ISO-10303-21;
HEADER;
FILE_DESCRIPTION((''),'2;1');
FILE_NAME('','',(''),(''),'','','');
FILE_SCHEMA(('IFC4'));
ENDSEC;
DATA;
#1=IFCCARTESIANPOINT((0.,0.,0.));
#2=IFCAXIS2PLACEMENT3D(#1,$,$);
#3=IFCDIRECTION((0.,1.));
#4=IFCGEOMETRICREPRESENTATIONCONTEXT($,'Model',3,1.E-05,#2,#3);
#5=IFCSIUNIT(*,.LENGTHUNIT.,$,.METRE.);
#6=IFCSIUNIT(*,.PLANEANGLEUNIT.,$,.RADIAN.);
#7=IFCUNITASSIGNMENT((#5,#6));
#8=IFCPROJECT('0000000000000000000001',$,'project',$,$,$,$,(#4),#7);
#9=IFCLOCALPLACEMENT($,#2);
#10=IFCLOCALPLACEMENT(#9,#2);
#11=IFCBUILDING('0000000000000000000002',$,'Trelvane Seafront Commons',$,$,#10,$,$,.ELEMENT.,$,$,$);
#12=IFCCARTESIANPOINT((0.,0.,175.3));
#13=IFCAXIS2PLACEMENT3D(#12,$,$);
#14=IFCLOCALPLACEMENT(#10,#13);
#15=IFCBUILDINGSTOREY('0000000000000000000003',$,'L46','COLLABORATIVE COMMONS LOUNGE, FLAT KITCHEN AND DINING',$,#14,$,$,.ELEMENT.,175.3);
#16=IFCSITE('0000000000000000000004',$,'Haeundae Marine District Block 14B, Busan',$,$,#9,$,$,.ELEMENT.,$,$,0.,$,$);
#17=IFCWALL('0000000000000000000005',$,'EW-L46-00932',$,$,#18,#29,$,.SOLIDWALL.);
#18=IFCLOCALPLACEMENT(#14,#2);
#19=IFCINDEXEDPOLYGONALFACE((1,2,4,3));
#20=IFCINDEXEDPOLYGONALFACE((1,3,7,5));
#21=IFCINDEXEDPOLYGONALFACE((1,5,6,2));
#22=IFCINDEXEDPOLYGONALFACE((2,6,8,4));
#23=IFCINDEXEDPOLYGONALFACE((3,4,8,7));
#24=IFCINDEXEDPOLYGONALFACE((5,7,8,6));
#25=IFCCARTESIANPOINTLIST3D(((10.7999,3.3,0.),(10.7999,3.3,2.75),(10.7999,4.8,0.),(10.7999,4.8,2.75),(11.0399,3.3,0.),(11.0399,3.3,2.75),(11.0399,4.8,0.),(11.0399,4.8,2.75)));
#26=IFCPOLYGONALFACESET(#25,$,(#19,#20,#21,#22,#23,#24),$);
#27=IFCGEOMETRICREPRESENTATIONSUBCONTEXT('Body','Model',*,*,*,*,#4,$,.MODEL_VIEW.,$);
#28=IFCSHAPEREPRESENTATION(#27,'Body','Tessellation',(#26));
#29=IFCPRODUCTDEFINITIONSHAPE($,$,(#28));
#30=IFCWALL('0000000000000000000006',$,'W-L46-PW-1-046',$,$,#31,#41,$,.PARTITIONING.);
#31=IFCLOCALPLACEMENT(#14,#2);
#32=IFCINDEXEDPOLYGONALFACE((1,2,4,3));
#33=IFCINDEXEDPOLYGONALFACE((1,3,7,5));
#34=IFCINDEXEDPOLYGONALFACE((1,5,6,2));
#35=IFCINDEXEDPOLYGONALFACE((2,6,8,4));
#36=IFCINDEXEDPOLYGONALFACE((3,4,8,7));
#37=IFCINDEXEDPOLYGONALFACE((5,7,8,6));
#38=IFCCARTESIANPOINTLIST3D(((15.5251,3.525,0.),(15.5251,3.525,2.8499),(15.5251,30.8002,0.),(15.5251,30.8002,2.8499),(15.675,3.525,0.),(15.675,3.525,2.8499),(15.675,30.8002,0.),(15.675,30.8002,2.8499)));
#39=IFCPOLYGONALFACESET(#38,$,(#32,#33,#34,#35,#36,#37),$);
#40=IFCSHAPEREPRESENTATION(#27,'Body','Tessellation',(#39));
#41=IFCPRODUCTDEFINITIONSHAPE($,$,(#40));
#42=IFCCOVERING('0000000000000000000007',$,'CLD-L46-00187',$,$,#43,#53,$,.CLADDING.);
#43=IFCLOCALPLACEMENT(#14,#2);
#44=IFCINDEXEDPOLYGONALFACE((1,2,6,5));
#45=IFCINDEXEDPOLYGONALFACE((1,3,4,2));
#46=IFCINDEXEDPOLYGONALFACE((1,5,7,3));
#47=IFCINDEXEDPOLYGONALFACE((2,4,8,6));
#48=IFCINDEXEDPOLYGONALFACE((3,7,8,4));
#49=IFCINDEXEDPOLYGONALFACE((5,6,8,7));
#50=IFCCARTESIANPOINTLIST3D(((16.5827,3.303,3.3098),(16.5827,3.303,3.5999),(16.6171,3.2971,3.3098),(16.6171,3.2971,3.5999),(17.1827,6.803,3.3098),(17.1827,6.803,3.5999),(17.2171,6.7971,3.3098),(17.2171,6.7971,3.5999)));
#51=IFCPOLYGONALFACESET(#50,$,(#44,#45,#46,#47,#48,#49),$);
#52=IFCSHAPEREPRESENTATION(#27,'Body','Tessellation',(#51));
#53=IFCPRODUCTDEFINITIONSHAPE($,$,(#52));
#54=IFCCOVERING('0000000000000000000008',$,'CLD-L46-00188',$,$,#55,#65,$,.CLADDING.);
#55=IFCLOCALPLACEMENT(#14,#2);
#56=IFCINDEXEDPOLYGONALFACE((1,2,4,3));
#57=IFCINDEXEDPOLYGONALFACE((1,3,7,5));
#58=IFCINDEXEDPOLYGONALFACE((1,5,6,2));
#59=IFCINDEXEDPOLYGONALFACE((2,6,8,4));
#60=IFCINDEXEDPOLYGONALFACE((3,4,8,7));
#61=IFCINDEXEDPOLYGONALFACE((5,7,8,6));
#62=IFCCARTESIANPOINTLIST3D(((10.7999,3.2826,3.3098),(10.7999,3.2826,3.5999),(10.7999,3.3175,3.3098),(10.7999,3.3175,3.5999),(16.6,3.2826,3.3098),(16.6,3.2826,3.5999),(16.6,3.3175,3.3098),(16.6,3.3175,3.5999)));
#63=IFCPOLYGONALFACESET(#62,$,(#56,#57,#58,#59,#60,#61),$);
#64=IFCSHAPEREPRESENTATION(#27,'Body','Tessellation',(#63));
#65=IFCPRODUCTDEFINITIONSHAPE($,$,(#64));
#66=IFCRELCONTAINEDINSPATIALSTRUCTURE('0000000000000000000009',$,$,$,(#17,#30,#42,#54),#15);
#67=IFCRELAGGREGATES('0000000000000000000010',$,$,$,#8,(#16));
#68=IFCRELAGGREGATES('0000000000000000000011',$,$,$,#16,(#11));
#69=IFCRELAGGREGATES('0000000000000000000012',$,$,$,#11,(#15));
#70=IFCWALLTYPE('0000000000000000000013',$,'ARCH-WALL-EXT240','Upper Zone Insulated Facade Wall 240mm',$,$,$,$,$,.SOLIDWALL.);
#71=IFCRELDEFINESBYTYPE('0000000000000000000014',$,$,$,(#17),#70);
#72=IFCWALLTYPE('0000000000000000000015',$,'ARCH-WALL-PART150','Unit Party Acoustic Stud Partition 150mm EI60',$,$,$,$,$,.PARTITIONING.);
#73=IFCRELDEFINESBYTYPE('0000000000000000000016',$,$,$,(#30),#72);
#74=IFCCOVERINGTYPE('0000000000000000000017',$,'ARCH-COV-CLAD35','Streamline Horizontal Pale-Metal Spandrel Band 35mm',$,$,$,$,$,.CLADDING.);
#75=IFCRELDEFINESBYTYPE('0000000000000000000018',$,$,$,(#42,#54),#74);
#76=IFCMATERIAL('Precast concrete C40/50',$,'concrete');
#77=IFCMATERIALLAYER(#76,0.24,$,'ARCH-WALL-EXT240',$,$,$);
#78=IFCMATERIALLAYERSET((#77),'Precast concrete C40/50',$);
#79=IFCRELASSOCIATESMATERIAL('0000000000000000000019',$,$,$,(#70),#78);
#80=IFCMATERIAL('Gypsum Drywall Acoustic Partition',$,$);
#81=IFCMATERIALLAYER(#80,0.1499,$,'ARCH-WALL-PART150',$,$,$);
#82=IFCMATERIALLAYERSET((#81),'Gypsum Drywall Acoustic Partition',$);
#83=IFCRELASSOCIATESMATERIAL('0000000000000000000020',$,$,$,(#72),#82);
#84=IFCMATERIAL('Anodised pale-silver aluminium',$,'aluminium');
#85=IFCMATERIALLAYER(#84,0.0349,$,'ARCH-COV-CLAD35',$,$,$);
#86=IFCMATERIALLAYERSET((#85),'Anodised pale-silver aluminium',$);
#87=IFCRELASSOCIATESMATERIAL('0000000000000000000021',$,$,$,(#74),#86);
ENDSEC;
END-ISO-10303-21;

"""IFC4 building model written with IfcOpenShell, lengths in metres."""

from ifc_helpers import new_model, si_unit, direction, frame, frame_2d, origin, origin_2d, place, context, subcontext, project, spatial, rectangle, extrude, source, transform, mapped, material, layer, layer_set, type_object, element, save


model = new_model("IFC4")

# Units and contexts
model_context = context("Model", 3, precision=1e-05, world=origin(), true_north=direction((0.0, 1.0)))
body_context = subcontext(model_context, "Body", "Model", "MODEL_VIEW")
ifc_project = project(units=[si_unit("LENGTHUNIT", "METRE"), si_unit("PLANEANGLEUNIT", "RADIAN")], contexts=[model_context])

# Site, building, storey
site_placement = place(None, origin())
site = spatial("IfcSite", under=ifc_project, at=site_placement, Name="Haeundae Marine District Block 14B, Busan", CompositionType="ELEMENT", RefElevation=0.0)
building_placement = place(site_placement, origin())
building = spatial("IfcBuilding", under=site, at=building_placement, Name="Trelvane Seafront Commons", CompositionType="ELEMENT")
storey_placement = place(building_placement, frame((0.0, 0.0, 175.3)))
storey = spatial("IfcBuildingStorey", under=building, at=storey_placement, Name="L46", Description="COLLABORATIVE COMMONS LOUNGE, FLAT KITCHEN AND DINING", CompositionType="ELEMENT", Elevation=175.3)

# Shared definitions
ifc_material_1 = material(Name="Anodised pale-silver aluminium", Category="aluminium")

# Shared definitions
ifc_material_2 = material(Name="Precast concrete C40/50", Category="concrete")
ifc_layer_1 = layer(ifc_material_2, 0.24, Name="ARCH-WALL-EXT240")
ifc_layer_set_1 = layer_set([ifc_layer_1], Name="Precast concrete C40/50")
wall_type_1 = type_object("IfcWallType", Name="ARCH-WALL-EXT240", Description="Upper Zone Insulated Facade Wall 240mm", PredefinedType="SOLIDWALL", material=ifc_layer_set_1)

# Walls
wall_1_placement = place(storey_placement, frame((10.9199, 3.3, 0.0), z_axis=(0.0, 0.0, 1.0), x_axis=(0.0, 1.0, 0.0)))
element("IfcWall", 1, at=wall_1_placement, inside=storey, type_object=wall_type_1, Name="EW-L46-00932", PredefinedType="SOLIDWALL", context=body_context, shape_type="SweptSolid", body=[
    extrude(rectangle(XDim=1.5, YDim=0.24, at=frame_2d((0.75, 0.0))), origin(), (0.0, 0.0, 1.0), 2.75),
])
ifc_material_3 = material(Name="Gypsum Drywall Acoustic Partition")
ifc_layer_2 = layer(ifc_material_3, 0.1499, Name="ARCH-WALL-PART150")
ifc_layer_set_2 = layer_set([ifc_layer_2], Name="Gypsum Drywall Acoustic Partition")
wall_type_2 = type_object("IfcWallType", Name="ARCH-WALL-PART150", Description="Unit Party Acoustic Stud Partition 150mm EI60", PredefinedType="PARTITIONING", material=ifc_layer_set_2)
wall_2_placement = place(storey_placement, frame((15.6001, 3.5249, 0.0), z_axis=(0.0, 0.0, 1.0), x_axis=(0.0, 1.0, 0.0)))
element("IfcWall", 2, at=wall_2_placement, inside=storey, type_object=wall_type_2, Name="W-L46-PW-1-046", PredefinedType="PARTITIONING", context=body_context, shape_type="SweptSolid", body=[
    extrude(rectangle(XDim=27.2751, YDim=0.1499, at=frame_2d((13.6377, 0.0))), origin(), (0.0, 0.0, 1.0), 2.8499),
])

# Coverings
ifc_layer_3 = layer(ifc_material_1, 0.0349, Name="ARCH-COV-CLAD35")
ifc_layer_set_3 = layer_set([ifc_layer_3], Name="Anodised pale-silver aluminium")
covering_type = type_object("IfcCoveringType", Name="ARCH-COV-CLAD35", Description="Streamline Horizontal Pale-Metal Spandrel Band 35mm", PredefinedType="CLADDING", material=ifc_layer_set_3)
shared_shape_1 = source(origin(), body_context, "Body", "SweptSolid", [
    extrude(rectangle(XDim=3.551, YDim=0.0349, at=origin_2d()), origin(), (0.0, 0.0, 1.0), 0.29),
])
covering_1_placement = place(storey_placement, frame((16.8999, 5.05, 3.3098), z_axis=(0.0, 0.0, 1.0), x_axis=(-0.168964, -0.985622, 0.0)))
element("IfcCovering", 3, at=covering_1_placement, inside=storey, type_object=covering_type, Name="CLD-L46-00187", PredefinedType="CLADDING", context=body_context, shape_type="MappedRepresentation", body=[
    mapped(shared_shape_1, transform((0.0, 0.0, 0.0), x_axis=(1.0, 0.0, 0.0), y_axis=(0.0, 1.0, 0.0), z_axis=(0.0, 0.0, 1.0), scale=1.0)),
])
shared_shape_2 = source(origin(), body_context, "Body", "SweptSolid", [
    extrude(rectangle(XDim=5.8, YDim=0.0349, at=origin_2d()), origin(), (0.0, 0.0, 1.0), 0.29),
])
covering_2_placement = place(storey_placement, frame((13.7, 3.3, 3.3098), z_axis=(0.0, 0.0, 1.0), x_axis=(-1.0, 0.0, 0.0)))
element("IfcCovering", 4, at=covering_2_placement, inside=storey, type_object=covering_type, Name="CLD-L46-00188", PredefinedType="CLADDING", context=body_context, shape_type="MappedRepresentation", body=[
    mapped(shared_shape_2, transform((0.0, 0.0, 0.0), x_axis=(1.0, 0.0, 0.0), y_axis=(0.0, 1.0, 0.0), z_axis=(0.0, 0.0, 1.0), scale=1.0)),
])

save(model, "model.ifc")
